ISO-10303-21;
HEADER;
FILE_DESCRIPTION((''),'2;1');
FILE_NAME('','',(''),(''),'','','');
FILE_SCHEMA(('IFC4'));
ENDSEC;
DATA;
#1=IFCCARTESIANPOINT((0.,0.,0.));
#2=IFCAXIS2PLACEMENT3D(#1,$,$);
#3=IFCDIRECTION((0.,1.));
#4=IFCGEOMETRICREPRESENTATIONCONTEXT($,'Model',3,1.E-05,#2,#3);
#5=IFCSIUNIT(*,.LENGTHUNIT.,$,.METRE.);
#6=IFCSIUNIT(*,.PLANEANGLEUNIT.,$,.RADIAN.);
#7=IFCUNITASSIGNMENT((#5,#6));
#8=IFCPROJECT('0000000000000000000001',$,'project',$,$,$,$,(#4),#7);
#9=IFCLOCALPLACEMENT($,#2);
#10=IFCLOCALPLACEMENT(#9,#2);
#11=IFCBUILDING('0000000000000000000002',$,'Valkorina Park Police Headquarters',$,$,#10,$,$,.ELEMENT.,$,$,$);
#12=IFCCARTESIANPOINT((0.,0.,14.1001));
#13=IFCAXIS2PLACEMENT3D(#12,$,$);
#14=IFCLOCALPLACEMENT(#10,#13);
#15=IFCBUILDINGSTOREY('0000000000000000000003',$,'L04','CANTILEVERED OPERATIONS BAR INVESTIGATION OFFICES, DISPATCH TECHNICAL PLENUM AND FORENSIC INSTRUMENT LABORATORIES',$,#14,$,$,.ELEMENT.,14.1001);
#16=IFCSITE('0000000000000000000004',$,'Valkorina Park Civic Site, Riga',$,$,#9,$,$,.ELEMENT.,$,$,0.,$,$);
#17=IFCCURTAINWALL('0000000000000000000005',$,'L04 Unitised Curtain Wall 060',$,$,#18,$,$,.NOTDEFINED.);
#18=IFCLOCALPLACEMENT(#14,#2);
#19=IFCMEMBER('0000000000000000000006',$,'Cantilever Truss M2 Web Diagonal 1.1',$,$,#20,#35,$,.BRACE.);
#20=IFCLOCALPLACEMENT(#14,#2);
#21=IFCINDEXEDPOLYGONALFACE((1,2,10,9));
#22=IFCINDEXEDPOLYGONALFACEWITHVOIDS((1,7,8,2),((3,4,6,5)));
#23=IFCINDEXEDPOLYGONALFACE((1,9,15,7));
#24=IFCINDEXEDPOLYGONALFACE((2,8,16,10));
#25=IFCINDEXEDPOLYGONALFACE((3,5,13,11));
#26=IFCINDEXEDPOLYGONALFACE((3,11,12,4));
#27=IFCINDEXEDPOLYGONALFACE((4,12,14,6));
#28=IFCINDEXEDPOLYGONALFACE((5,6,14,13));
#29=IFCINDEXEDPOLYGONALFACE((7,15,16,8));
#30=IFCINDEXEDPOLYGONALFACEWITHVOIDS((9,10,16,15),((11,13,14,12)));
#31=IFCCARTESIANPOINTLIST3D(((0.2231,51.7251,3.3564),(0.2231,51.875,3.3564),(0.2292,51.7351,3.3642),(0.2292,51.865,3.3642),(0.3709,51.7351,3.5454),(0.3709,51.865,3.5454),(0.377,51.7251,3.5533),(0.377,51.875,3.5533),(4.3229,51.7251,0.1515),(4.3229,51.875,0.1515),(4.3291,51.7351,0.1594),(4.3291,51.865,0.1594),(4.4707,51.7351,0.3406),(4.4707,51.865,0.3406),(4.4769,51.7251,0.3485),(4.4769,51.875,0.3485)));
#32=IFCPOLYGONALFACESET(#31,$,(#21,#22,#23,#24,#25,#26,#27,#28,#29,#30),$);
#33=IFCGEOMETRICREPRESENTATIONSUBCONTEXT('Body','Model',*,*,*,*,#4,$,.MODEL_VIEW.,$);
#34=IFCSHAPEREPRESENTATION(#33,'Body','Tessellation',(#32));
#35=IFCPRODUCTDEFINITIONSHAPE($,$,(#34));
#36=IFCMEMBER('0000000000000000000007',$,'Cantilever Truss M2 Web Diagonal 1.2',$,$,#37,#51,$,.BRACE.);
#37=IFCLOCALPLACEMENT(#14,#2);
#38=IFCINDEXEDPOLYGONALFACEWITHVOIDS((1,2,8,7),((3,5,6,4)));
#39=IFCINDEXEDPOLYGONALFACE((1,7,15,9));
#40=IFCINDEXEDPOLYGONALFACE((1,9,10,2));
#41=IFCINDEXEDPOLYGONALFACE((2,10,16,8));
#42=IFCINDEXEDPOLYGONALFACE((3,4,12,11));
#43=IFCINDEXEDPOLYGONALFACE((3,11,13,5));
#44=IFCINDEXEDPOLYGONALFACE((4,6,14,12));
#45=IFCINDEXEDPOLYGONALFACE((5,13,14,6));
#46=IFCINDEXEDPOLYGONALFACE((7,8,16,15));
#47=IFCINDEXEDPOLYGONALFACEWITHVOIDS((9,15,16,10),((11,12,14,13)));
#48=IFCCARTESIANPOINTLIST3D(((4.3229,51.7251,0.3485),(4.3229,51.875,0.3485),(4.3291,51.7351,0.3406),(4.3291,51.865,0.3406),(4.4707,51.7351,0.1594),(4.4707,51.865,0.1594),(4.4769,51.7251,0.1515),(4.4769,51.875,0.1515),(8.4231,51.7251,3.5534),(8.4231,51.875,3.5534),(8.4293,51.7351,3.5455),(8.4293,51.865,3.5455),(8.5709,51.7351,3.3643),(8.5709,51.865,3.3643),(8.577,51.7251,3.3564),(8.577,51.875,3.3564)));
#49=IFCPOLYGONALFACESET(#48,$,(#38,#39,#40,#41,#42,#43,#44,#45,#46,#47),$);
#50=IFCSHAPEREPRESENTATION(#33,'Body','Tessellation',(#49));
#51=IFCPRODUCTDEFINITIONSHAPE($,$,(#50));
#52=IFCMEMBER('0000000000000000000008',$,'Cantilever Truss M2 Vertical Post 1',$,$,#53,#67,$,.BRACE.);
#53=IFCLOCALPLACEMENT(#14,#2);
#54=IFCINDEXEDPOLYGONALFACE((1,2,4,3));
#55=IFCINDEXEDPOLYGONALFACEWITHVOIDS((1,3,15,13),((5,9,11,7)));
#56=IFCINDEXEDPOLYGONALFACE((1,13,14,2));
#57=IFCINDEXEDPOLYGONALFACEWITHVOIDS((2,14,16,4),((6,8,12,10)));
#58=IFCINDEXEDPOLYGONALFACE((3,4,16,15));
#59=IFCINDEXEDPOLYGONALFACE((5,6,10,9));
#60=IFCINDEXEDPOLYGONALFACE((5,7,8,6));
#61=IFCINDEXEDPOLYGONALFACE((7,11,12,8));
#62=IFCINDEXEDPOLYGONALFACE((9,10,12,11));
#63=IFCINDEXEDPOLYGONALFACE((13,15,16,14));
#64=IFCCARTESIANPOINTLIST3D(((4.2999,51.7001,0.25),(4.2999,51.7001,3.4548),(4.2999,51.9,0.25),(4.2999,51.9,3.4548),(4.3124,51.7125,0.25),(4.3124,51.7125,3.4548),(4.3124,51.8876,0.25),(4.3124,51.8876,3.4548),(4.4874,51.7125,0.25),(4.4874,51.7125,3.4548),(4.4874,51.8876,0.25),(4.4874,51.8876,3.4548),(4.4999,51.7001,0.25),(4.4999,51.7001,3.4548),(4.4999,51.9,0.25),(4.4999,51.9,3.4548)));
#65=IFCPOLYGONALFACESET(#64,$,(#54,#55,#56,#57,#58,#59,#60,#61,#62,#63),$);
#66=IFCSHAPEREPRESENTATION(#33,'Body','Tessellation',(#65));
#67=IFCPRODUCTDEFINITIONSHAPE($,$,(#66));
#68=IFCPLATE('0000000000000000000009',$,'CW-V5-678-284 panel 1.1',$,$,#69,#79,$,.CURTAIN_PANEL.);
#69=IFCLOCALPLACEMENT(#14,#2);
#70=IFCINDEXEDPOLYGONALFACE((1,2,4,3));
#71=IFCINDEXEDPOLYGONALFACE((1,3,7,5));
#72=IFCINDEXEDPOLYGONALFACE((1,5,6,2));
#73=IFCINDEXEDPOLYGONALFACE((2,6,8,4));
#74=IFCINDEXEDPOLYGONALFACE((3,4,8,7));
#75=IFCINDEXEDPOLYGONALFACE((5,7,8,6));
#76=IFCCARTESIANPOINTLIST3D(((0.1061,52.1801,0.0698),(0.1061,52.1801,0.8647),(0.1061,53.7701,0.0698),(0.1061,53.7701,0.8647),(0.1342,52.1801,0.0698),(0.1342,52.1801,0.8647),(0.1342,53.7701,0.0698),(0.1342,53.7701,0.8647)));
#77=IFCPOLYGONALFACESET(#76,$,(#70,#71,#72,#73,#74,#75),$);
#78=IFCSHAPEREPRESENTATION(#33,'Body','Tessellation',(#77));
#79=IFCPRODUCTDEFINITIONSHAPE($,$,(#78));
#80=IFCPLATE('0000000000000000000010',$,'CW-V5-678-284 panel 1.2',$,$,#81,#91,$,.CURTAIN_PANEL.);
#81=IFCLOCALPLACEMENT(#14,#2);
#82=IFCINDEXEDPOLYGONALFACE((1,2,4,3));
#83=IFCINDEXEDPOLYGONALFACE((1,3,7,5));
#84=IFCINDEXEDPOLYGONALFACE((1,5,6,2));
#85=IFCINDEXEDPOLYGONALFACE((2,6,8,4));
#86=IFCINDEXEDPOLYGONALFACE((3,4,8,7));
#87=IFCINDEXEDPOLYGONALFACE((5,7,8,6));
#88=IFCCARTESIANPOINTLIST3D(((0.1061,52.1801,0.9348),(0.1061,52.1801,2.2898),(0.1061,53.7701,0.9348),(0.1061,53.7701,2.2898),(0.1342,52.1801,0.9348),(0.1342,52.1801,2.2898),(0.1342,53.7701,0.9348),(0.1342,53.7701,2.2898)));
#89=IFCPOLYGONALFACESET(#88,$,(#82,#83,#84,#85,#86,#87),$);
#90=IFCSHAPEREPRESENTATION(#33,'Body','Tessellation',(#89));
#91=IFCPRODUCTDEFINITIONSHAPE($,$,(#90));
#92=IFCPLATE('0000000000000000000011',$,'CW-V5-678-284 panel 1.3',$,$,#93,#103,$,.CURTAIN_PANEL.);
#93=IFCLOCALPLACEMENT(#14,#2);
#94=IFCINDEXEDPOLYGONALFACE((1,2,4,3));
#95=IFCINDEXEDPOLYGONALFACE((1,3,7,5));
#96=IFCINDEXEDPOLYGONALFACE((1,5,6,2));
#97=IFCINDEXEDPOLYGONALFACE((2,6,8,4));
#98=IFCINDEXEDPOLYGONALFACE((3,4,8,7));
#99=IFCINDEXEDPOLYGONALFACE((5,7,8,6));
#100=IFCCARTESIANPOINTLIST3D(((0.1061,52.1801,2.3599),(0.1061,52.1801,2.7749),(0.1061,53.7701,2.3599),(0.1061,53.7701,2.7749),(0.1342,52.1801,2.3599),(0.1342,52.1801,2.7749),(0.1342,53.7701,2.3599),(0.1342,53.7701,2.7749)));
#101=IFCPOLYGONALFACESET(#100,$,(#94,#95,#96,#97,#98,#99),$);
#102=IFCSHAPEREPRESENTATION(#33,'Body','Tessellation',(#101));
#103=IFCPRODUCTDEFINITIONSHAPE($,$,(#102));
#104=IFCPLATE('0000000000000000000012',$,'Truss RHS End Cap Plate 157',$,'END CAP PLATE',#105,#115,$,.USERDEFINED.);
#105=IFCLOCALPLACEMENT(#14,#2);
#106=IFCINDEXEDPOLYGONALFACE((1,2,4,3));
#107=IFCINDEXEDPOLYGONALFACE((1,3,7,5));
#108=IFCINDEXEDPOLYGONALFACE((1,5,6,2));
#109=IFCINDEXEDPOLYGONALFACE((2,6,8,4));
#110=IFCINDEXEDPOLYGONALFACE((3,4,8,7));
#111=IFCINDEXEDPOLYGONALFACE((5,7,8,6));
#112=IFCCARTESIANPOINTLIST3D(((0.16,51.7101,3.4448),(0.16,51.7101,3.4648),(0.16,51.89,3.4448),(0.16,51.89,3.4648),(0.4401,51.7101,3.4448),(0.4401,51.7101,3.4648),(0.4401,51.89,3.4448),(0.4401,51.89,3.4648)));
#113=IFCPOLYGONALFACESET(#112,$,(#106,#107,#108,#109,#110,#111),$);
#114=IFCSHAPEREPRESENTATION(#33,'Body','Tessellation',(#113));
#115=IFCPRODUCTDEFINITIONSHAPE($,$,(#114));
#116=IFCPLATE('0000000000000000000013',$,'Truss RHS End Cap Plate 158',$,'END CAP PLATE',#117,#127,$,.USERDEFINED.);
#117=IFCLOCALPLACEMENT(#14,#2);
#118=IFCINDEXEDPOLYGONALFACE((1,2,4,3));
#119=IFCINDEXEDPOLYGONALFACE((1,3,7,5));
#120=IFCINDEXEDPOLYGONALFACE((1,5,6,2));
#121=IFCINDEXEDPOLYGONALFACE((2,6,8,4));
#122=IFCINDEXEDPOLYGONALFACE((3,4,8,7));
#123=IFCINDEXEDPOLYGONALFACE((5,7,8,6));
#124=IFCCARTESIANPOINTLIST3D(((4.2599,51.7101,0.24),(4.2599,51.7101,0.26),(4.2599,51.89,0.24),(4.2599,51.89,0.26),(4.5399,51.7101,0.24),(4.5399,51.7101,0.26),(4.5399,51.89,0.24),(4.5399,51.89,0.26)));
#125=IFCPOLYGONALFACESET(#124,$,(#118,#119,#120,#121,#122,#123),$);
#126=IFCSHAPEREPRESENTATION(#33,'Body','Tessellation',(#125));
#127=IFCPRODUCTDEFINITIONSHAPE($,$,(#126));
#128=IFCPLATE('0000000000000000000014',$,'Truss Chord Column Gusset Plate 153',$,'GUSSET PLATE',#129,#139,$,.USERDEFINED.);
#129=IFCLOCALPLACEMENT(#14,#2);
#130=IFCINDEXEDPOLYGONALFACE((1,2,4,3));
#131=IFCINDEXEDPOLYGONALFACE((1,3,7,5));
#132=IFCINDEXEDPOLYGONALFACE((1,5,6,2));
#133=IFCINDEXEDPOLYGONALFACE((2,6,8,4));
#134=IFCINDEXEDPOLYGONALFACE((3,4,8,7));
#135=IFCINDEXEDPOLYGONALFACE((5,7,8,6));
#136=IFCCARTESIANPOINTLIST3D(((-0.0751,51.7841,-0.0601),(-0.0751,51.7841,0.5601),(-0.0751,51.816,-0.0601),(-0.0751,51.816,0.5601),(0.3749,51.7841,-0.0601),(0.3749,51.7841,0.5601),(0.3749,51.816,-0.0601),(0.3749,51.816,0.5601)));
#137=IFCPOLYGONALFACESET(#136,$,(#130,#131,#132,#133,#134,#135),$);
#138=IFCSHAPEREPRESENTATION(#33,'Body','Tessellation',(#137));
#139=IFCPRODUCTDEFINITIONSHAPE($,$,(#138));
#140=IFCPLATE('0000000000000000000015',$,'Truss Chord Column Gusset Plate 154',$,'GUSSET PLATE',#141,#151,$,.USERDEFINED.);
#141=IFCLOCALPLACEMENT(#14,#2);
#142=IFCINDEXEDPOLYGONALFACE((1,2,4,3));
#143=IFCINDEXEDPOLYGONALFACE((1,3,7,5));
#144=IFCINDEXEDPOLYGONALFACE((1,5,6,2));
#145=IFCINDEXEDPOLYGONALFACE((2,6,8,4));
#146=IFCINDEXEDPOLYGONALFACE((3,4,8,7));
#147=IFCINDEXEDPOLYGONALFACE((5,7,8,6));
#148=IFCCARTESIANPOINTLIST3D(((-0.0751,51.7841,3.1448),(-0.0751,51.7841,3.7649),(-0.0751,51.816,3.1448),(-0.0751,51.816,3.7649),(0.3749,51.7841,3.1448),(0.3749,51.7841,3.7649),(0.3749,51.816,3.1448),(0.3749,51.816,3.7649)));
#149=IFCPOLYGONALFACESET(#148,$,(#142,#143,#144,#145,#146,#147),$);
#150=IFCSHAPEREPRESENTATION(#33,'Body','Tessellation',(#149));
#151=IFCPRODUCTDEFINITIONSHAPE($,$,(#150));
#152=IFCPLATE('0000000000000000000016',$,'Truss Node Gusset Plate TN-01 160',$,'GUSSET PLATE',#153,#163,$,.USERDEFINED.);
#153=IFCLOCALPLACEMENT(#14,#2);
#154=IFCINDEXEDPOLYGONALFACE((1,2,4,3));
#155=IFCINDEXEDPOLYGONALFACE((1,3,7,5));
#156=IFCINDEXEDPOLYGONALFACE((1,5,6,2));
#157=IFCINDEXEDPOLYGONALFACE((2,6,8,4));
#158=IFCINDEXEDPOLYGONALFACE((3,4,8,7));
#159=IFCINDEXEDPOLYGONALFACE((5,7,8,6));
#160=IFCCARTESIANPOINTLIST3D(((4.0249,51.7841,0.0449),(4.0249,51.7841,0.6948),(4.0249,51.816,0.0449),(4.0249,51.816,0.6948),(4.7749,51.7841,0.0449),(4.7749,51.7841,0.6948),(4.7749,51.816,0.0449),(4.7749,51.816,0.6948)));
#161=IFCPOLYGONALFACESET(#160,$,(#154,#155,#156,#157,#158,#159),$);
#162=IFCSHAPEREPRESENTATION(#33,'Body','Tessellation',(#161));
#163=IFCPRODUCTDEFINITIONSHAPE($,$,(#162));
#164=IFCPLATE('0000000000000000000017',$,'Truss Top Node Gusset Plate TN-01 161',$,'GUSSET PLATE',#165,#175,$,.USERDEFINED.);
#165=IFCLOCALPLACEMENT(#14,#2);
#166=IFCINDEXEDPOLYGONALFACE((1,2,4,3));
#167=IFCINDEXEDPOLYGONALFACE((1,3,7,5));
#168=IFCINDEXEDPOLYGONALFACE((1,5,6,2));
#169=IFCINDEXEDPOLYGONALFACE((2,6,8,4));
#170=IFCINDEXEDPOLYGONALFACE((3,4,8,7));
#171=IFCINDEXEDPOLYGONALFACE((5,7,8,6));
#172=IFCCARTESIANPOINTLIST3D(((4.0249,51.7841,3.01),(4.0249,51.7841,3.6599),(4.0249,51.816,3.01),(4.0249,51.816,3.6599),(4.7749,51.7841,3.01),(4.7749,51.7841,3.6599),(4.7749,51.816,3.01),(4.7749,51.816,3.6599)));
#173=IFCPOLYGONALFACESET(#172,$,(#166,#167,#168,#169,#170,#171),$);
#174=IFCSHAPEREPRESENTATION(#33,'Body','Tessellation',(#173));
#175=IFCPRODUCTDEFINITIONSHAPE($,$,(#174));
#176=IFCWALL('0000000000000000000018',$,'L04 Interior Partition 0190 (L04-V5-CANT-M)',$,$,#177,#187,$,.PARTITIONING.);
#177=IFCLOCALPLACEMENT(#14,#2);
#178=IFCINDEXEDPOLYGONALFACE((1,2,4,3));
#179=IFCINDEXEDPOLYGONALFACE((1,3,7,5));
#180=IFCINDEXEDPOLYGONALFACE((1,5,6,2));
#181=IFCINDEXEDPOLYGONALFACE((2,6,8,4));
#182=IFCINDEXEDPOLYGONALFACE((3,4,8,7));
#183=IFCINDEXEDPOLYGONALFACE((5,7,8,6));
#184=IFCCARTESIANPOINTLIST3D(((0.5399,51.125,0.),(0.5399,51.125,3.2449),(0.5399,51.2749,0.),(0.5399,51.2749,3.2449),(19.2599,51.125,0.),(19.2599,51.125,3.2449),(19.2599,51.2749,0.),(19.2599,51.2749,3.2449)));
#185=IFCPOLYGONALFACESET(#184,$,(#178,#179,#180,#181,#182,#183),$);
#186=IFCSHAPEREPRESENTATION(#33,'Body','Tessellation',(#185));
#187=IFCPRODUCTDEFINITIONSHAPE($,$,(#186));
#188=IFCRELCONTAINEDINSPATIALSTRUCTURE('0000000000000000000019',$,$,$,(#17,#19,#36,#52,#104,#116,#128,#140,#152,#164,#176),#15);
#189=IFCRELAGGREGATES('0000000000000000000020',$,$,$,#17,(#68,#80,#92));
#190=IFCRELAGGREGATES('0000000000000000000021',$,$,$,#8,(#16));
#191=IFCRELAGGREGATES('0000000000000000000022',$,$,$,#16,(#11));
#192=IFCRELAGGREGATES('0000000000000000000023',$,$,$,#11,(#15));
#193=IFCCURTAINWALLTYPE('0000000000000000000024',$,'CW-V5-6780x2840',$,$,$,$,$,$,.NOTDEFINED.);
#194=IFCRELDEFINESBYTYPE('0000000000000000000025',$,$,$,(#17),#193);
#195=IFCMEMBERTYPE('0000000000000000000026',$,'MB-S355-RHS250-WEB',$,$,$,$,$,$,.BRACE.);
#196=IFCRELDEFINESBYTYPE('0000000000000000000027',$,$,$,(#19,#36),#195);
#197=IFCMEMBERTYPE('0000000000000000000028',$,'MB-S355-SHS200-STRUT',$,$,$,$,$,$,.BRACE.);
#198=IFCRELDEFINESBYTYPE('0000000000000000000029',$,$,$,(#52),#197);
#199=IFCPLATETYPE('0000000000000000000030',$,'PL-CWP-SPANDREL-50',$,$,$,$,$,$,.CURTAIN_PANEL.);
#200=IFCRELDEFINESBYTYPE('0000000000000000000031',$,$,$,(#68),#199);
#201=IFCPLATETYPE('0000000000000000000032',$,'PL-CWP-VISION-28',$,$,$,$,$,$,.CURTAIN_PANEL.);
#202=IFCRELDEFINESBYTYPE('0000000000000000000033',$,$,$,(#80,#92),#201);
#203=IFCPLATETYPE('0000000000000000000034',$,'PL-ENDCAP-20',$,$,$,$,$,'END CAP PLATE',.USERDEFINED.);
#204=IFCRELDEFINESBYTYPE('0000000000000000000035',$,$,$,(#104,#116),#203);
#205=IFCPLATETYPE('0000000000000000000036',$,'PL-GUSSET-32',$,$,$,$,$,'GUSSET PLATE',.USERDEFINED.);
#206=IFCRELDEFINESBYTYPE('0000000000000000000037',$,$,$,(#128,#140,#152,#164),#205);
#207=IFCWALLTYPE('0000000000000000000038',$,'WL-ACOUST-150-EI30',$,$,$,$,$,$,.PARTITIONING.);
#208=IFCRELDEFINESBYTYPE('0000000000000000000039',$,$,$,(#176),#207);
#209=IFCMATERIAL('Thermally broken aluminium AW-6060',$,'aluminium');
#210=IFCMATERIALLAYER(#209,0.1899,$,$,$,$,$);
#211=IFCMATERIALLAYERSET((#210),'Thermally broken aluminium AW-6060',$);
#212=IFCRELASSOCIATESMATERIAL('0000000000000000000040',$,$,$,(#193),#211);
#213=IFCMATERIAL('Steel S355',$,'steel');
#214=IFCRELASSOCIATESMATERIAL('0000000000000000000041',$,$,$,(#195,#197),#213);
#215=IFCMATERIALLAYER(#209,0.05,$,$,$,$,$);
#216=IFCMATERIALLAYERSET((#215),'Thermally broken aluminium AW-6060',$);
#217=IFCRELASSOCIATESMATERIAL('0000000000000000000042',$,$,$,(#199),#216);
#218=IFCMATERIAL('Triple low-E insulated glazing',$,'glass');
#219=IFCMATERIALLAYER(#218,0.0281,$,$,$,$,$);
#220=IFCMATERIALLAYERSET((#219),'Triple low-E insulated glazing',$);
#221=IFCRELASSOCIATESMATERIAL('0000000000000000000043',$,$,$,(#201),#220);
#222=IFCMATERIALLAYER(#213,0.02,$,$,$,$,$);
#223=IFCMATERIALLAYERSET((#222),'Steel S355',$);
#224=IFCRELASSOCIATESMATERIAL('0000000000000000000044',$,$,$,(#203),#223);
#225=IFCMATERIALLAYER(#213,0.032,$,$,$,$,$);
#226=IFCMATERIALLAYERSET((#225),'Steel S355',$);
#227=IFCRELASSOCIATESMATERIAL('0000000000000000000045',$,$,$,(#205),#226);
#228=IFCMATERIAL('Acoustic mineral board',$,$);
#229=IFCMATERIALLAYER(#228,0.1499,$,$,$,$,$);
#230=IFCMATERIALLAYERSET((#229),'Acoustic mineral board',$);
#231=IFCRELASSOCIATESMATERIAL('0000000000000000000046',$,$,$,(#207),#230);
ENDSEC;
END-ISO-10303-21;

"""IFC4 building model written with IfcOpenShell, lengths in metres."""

from ifc_helpers import new_model, si_unit, direction, frame, frame_2d, origin, origin_2d, place, context, subcontext, project, spatial, rectangle, hollow_rectangle, extrude, material, layer, layer_set, material_profile, profile_set, type_object, element, aggregate, save


model = new_model("IFC4")

# Units and contexts
model_context = context("Model", 3, precision=1e-05, world=origin(), true_north=direction((0.0, 1.0)))
body_context = subcontext(model_context, "Body", "Model", "MODEL_VIEW")
ifc_project = project(units=[si_unit("LENGTHUNIT", "METRE"), si_unit("PLANEANGLEUNIT", "RADIAN")], contexts=[model_context])

# Site, building, storey
site_placement = place(None, origin())
site = spatial("IfcSite", under=ifc_project, at=site_placement, Name="Valkorina Park Civic Site, Riga", CompositionType="ELEMENT", RefElevation=0.0)
building_placement = place(site_placement, origin())
building = spatial("IfcBuilding", under=site, at=building_placement, Name="Valkorina Park Police Headquarters", CompositionType="ELEMENT")
storey_placement = place(building_placement, frame((0.0, 0.0, 14.1001)))
storey = spatial("IfcBuildingStorey", under=building, at=storey_placement, Name="L04", Description="CANTILEVERED OPERATIONS BAR INVESTIGATION OFFICES, DISPATCH TECHNICAL PLENUM AND FORENSIC INSTRUMENT LABORATORIES", CompositionType="ELEMENT", Elevation=14.1001)

# Shared definitions
ifc_material_1 = material(Name="Steel S355", Category="steel")

# Curtain wall
ifc_material_2 = material(Name="Thermally broken aluminium AW-6060", Category="aluminium")
ifc_layer_1 = layer(ifc_material_2, 0.1899)
ifc_layer_set_1 = layer_set([ifc_layer_1], Name="Thermally broken aluminium AW-6060")
curtain_wall_type = type_object("IfcCurtainWallType", Name="CW-V5-6780x2840", PredefinedType="NOTDEFINED", material=ifc_layer_set_1)
curtain_wall_placement = place(storey_placement, origin())
curtain_wall = element("IfcCurtainWall", 1, at=curtain_wall_placement, inside=storey, type_object=curtain_wall_type, Name="L04 Unitised Curtain Wall 060", PredefinedType="NOTDEFINED")

# Members
ifc_material_profile_1 = material_profile(ifc_material_1, hollow_rectangle(XDim=0.1499, YDim=0.25, WallThickness=0.01, at=origin_2d()), Name="RHS 250x150x10")
ifc_profile_set_1 = profile_set([ifc_material_profile_1], Name="Steel S355")
member_type_1 = type_object("IfcMemberType", Name="MB-S355-RHS250-WEB", PredefinedType="BRACE", material=ifc_profile_set_1)
member_1_placement = place(storey_placement, frame((0.3, 51.8, 3.4548), z_axis=(0.787854, 0.0, -0.615862), x_axis=(0.0, 1.0, 0.0)))
element("IfcMember", 2, at=member_1_placement, inside=storey, type_object=member_type_1, Name="Cantilever Truss M2 Web Diagonal 1.1", PredefinedType="BRACE", context=body_context, shape_type="SweptSolid", body=[
    extrude(hollow_rectangle(XDim=0.1499, YDim=0.25, WallThickness=0.01, at=origin_2d()), origin(), (0.0, 0.0, 1.0), 5.2039),
])
member_2_placement = place(storey_placement, frame((4.3999, 51.8, 0.25), z_axis=(0.787872, 0.0, 0.615839), x_axis=(0.0, 1.0, 0.0)))
element("IfcMember", 3, at=member_2_placement, inside=storey, type_object=member_type_1, Name="Cantilever Truss M2 Web Diagonal 1.2", PredefinedType="BRACE", context=body_context, shape_type="SweptSolid", body=[
    extrude(hollow_rectangle(XDim=0.1499, YDim=0.25, WallThickness=0.01, at=origin_2d()), origin(), (0.0, 0.0, 1.0), 5.2041),
])
ifc_material_profile_2 = material_profile(ifc_material_1, hollow_rectangle(XDim=0.2, YDim=0.2, WallThickness=0.0125, at=origin_2d()), Name="SHS 200x200x12.5")
ifc_profile_set_2 = profile_set([ifc_material_profile_2], Name="Steel S355")
member_type_2 = type_object("IfcMemberType", Name="MB-S355-SHS200-STRUT", PredefinedType="BRACE", material=ifc_profile_set_2)
member_3_placement = place(storey_placement, frame((4.3999, 51.8, 0.25), z_axis=(0.0, 0.0, 1.0), x_axis=(1.0, 0.0, 0.0)))
element("IfcMember", 4, at=member_3_placement, inside=storey, type_object=member_type_2, Name="Cantilever Truss M2 Vertical Post 1", PredefinedType="BRACE", context=body_context, shape_type="SweptSolid", body=[
    extrude(hollow_rectangle(XDim=0.2, YDim=0.2, WallThickness=0.0125, at=origin_2d()), origin(), (0.0, 0.0, 1.0), 3.2048),
])

# Plates
ifc_layer_2 = layer(ifc_material_2, 0.05)
ifc_layer_set_2 = layer_set([ifc_layer_2], Name="Thermally broken aluminium AW-6060")
plate_type_1 = type_object("IfcPlateType", Name="PL-CWP-SPANDREL-50", PredefinedType="CURTAIN_PANEL", material=ifc_layer_set_2)
plate_1_placement = place(storey_placement, frame((0.1201, 52.9751, 0.0698), z_axis=(0.0, 0.0, 1.0), x_axis=(0.0, 1.0, 0.0)))
plate_1 = element("IfcPlate", 5, at=plate_1_placement, type_object=plate_type_1, Name="CW-V5-678-284 panel 1.1", PredefinedType="CURTAIN_PANEL", context=body_context, shape_type="SweptSolid", body=[
    extrude(rectangle(XDim=1.5901, YDim=0.0281, at=origin_2d()), origin(), (0.0, 0.0, 1.0), 0.7949),
])
ifc_material_3 = material(Name="Triple low-E insulated glazing", Category="glass")
ifc_layer_3 = layer(ifc_material_3, 0.0281)
ifc_layer_set_3 = layer_set([ifc_layer_3], Name="Triple low-E insulated glazing")
plate_type_2 = type_object("IfcPlateType", Name="PL-CWP-VISION-28", PredefinedType="CURTAIN_PANEL", material=ifc_layer_set_3)
plate_2_placement = place(storey_placement, frame((0.1201, 52.9751, 0.9348), z_axis=(0.0, 0.0, 1.0), x_axis=(0.0, 1.0, 0.0)))
plate_2 = element("IfcPlate", 6, at=plate_2_placement, type_object=plate_type_2, Name="CW-V5-678-284 panel 1.2", PredefinedType="CURTAIN_PANEL", context=body_context, shape_type="SweptSolid", body=[
    extrude(rectangle(XDim=1.5901, YDim=0.0281, at=origin_2d()), origin(), (0.0, 0.0, 1.0), 1.355),
])
plate_3_placement = place(storey_placement, frame((0.1201, 52.9751, 2.3599), z_axis=(0.0, 0.0, 1.0), x_axis=(0.0, 1.0, 0.0)))
plate_3 = element("IfcPlate", 7, at=plate_3_placement, type_object=plate_type_2, Name="CW-V5-678-284 panel 1.3", PredefinedType="CURTAIN_PANEL", context=body_context, shape_type="SweptSolid", body=[
    extrude(rectangle(XDim=1.5901, YDim=0.0281, at=origin_2d()), origin(), (0.0, 0.0, 1.0), 0.415),
])
aggregate(curtain_wall, [plate_1, plate_2, plate_3])

# Plates
ifc_layer_4 = layer(ifc_material_1, 0.02)
ifc_layer_set_4 = layer_set([ifc_layer_4], Name="Steel S355")
plate_type_3 = type_object("IfcPlateType", Name="PL-ENDCAP-20", ElementType="END CAP PLATE", PredefinedType="USERDEFINED", material=ifc_layer_set_4)
for number, where, z_axis, x_axis, name in (
    (8, (0.3, 51.8, 3.4448), (0.0, 0.0, 1.0), (1.0, 0.0, 0.0), "Truss RHS End Cap Plate 157"),
    (9, (4.3999, 51.8, 0.24), (0.0, 0.0, 1.0), (1.0, 0.0, 0.0), "Truss RHS End Cap Plate 158"),
):
    element("IfcPlate", number, at=place(storey_placement, frame(where, z_axis=z_axis, x_axis=x_axis)), inside=storey, type_object=plate_type_3, Name=name, ObjectType="END CAP PLATE", PredefinedType="USERDEFINED", context=body_context, shape_type="SweptSolid", body=[
        extrude(rectangle(XDim=0.28, YDim=0.1799, at=origin_2d()), origin(), (0.0, 0.0, 1.0), 0.02),
    ])
ifc_layer_5 = layer(ifc_material_1, 0.032)
ifc_layer_set_5 = layer_set([ifc_layer_5], Name="Steel S355")
plate_type_4 = type_object("IfcPlateType", Name="PL-GUSSET-32", ElementType="GUSSET PLATE", PredefinedType="USERDEFINED", material=ifc_layer_set_5)
for number, where, z_axis, x_axis, name in (
    (10, (0.1499, 51.8, -0.0601), (0.0, 0.0, 1.0), (1.0, 0.0, 0.0), "Truss Chord Column Gusset Plate 153"),
    (11, (0.1499, 51.8, 3.1448), (0.0, 0.0, 1.0), (1.0, 0.0, 0.0), "Truss Chord Column Gusset Plate 154"),
):
    element("IfcPlate", number, at=place(storey_placement, frame(where, z_axis=z_axis, x_axis=x_axis)), inside=storey, type_object=plate_type_4, Name=name, ObjectType="GUSSET PLATE", PredefinedType="USERDEFINED", context=body_context, shape_type="SweptSolid", body=[
        extrude(rectangle(XDim=0.45, YDim=0.032, at=origin_2d()), origin(), (0.0, 0.0, 1.0), 0.6201),
    ])
for number, where, z_axis, x_axis, name in (
    (12, (4.3999, 51.8, 0.0449), (0.0, 0.0, 1.0), (1.0, 0.0, 0.0), "Truss Node Gusset Plate TN-01 160"),
    (13, (4.3999, 51.8, 3.01), (0.0, 0.0, 1.0), (1.0, 0.0, 0.0), "Truss Top Node Gusset Plate TN-01 161"),
):
    element("IfcPlate", number, at=place(storey_placement, frame(where, z_axis=z_axis, x_axis=x_axis)), inside=storey, type_object=plate_type_4, Name=name, ObjectType="GUSSET PLATE", PredefinedType="USERDEFINED", context=body_context, shape_type="SweptSolid", body=[
        extrude(rectangle(XDim=0.75, YDim=0.032, at=origin_2d()), origin(), (0.0, 0.0, 1.0), 0.6499),
    ])

# Wall
ifc_material_4 = material(Name="Acoustic mineral board")
ifc_layer_6 = layer(ifc_material_4, 0.1499)
ifc_layer_set_6 = layer_set([ifc_layer_6], Name="Acoustic mineral board")
wall_type = type_object("IfcWallType", Name="WL-ACOUST-150-EI30", PredefinedType="PARTITIONING", material=ifc_layer_set_6)
wall_1_placement = place(storey_placement, frame((0.54, 51.2, 0.0), z_axis=(0.0, 0.0, 1.0), x_axis=(1.0, 0.0, 0.0)))
element("IfcWall", 14, at=wall_1_placement, inside=storey, type_object=wall_type, Name="L04 Interior Partition 0190 (L04-V5-CANT-M)", PredefinedType="PARTITIONING", context=body_context, shape_type="SweptSolid", body=[
    extrude(rectangle(XDim=18.72, YDim=0.1499, at=frame_2d((9.3599, 0.0))), origin(), (0.0, 0.0, 1.0), 3.2449),
])

save(model, "model.ifc")
